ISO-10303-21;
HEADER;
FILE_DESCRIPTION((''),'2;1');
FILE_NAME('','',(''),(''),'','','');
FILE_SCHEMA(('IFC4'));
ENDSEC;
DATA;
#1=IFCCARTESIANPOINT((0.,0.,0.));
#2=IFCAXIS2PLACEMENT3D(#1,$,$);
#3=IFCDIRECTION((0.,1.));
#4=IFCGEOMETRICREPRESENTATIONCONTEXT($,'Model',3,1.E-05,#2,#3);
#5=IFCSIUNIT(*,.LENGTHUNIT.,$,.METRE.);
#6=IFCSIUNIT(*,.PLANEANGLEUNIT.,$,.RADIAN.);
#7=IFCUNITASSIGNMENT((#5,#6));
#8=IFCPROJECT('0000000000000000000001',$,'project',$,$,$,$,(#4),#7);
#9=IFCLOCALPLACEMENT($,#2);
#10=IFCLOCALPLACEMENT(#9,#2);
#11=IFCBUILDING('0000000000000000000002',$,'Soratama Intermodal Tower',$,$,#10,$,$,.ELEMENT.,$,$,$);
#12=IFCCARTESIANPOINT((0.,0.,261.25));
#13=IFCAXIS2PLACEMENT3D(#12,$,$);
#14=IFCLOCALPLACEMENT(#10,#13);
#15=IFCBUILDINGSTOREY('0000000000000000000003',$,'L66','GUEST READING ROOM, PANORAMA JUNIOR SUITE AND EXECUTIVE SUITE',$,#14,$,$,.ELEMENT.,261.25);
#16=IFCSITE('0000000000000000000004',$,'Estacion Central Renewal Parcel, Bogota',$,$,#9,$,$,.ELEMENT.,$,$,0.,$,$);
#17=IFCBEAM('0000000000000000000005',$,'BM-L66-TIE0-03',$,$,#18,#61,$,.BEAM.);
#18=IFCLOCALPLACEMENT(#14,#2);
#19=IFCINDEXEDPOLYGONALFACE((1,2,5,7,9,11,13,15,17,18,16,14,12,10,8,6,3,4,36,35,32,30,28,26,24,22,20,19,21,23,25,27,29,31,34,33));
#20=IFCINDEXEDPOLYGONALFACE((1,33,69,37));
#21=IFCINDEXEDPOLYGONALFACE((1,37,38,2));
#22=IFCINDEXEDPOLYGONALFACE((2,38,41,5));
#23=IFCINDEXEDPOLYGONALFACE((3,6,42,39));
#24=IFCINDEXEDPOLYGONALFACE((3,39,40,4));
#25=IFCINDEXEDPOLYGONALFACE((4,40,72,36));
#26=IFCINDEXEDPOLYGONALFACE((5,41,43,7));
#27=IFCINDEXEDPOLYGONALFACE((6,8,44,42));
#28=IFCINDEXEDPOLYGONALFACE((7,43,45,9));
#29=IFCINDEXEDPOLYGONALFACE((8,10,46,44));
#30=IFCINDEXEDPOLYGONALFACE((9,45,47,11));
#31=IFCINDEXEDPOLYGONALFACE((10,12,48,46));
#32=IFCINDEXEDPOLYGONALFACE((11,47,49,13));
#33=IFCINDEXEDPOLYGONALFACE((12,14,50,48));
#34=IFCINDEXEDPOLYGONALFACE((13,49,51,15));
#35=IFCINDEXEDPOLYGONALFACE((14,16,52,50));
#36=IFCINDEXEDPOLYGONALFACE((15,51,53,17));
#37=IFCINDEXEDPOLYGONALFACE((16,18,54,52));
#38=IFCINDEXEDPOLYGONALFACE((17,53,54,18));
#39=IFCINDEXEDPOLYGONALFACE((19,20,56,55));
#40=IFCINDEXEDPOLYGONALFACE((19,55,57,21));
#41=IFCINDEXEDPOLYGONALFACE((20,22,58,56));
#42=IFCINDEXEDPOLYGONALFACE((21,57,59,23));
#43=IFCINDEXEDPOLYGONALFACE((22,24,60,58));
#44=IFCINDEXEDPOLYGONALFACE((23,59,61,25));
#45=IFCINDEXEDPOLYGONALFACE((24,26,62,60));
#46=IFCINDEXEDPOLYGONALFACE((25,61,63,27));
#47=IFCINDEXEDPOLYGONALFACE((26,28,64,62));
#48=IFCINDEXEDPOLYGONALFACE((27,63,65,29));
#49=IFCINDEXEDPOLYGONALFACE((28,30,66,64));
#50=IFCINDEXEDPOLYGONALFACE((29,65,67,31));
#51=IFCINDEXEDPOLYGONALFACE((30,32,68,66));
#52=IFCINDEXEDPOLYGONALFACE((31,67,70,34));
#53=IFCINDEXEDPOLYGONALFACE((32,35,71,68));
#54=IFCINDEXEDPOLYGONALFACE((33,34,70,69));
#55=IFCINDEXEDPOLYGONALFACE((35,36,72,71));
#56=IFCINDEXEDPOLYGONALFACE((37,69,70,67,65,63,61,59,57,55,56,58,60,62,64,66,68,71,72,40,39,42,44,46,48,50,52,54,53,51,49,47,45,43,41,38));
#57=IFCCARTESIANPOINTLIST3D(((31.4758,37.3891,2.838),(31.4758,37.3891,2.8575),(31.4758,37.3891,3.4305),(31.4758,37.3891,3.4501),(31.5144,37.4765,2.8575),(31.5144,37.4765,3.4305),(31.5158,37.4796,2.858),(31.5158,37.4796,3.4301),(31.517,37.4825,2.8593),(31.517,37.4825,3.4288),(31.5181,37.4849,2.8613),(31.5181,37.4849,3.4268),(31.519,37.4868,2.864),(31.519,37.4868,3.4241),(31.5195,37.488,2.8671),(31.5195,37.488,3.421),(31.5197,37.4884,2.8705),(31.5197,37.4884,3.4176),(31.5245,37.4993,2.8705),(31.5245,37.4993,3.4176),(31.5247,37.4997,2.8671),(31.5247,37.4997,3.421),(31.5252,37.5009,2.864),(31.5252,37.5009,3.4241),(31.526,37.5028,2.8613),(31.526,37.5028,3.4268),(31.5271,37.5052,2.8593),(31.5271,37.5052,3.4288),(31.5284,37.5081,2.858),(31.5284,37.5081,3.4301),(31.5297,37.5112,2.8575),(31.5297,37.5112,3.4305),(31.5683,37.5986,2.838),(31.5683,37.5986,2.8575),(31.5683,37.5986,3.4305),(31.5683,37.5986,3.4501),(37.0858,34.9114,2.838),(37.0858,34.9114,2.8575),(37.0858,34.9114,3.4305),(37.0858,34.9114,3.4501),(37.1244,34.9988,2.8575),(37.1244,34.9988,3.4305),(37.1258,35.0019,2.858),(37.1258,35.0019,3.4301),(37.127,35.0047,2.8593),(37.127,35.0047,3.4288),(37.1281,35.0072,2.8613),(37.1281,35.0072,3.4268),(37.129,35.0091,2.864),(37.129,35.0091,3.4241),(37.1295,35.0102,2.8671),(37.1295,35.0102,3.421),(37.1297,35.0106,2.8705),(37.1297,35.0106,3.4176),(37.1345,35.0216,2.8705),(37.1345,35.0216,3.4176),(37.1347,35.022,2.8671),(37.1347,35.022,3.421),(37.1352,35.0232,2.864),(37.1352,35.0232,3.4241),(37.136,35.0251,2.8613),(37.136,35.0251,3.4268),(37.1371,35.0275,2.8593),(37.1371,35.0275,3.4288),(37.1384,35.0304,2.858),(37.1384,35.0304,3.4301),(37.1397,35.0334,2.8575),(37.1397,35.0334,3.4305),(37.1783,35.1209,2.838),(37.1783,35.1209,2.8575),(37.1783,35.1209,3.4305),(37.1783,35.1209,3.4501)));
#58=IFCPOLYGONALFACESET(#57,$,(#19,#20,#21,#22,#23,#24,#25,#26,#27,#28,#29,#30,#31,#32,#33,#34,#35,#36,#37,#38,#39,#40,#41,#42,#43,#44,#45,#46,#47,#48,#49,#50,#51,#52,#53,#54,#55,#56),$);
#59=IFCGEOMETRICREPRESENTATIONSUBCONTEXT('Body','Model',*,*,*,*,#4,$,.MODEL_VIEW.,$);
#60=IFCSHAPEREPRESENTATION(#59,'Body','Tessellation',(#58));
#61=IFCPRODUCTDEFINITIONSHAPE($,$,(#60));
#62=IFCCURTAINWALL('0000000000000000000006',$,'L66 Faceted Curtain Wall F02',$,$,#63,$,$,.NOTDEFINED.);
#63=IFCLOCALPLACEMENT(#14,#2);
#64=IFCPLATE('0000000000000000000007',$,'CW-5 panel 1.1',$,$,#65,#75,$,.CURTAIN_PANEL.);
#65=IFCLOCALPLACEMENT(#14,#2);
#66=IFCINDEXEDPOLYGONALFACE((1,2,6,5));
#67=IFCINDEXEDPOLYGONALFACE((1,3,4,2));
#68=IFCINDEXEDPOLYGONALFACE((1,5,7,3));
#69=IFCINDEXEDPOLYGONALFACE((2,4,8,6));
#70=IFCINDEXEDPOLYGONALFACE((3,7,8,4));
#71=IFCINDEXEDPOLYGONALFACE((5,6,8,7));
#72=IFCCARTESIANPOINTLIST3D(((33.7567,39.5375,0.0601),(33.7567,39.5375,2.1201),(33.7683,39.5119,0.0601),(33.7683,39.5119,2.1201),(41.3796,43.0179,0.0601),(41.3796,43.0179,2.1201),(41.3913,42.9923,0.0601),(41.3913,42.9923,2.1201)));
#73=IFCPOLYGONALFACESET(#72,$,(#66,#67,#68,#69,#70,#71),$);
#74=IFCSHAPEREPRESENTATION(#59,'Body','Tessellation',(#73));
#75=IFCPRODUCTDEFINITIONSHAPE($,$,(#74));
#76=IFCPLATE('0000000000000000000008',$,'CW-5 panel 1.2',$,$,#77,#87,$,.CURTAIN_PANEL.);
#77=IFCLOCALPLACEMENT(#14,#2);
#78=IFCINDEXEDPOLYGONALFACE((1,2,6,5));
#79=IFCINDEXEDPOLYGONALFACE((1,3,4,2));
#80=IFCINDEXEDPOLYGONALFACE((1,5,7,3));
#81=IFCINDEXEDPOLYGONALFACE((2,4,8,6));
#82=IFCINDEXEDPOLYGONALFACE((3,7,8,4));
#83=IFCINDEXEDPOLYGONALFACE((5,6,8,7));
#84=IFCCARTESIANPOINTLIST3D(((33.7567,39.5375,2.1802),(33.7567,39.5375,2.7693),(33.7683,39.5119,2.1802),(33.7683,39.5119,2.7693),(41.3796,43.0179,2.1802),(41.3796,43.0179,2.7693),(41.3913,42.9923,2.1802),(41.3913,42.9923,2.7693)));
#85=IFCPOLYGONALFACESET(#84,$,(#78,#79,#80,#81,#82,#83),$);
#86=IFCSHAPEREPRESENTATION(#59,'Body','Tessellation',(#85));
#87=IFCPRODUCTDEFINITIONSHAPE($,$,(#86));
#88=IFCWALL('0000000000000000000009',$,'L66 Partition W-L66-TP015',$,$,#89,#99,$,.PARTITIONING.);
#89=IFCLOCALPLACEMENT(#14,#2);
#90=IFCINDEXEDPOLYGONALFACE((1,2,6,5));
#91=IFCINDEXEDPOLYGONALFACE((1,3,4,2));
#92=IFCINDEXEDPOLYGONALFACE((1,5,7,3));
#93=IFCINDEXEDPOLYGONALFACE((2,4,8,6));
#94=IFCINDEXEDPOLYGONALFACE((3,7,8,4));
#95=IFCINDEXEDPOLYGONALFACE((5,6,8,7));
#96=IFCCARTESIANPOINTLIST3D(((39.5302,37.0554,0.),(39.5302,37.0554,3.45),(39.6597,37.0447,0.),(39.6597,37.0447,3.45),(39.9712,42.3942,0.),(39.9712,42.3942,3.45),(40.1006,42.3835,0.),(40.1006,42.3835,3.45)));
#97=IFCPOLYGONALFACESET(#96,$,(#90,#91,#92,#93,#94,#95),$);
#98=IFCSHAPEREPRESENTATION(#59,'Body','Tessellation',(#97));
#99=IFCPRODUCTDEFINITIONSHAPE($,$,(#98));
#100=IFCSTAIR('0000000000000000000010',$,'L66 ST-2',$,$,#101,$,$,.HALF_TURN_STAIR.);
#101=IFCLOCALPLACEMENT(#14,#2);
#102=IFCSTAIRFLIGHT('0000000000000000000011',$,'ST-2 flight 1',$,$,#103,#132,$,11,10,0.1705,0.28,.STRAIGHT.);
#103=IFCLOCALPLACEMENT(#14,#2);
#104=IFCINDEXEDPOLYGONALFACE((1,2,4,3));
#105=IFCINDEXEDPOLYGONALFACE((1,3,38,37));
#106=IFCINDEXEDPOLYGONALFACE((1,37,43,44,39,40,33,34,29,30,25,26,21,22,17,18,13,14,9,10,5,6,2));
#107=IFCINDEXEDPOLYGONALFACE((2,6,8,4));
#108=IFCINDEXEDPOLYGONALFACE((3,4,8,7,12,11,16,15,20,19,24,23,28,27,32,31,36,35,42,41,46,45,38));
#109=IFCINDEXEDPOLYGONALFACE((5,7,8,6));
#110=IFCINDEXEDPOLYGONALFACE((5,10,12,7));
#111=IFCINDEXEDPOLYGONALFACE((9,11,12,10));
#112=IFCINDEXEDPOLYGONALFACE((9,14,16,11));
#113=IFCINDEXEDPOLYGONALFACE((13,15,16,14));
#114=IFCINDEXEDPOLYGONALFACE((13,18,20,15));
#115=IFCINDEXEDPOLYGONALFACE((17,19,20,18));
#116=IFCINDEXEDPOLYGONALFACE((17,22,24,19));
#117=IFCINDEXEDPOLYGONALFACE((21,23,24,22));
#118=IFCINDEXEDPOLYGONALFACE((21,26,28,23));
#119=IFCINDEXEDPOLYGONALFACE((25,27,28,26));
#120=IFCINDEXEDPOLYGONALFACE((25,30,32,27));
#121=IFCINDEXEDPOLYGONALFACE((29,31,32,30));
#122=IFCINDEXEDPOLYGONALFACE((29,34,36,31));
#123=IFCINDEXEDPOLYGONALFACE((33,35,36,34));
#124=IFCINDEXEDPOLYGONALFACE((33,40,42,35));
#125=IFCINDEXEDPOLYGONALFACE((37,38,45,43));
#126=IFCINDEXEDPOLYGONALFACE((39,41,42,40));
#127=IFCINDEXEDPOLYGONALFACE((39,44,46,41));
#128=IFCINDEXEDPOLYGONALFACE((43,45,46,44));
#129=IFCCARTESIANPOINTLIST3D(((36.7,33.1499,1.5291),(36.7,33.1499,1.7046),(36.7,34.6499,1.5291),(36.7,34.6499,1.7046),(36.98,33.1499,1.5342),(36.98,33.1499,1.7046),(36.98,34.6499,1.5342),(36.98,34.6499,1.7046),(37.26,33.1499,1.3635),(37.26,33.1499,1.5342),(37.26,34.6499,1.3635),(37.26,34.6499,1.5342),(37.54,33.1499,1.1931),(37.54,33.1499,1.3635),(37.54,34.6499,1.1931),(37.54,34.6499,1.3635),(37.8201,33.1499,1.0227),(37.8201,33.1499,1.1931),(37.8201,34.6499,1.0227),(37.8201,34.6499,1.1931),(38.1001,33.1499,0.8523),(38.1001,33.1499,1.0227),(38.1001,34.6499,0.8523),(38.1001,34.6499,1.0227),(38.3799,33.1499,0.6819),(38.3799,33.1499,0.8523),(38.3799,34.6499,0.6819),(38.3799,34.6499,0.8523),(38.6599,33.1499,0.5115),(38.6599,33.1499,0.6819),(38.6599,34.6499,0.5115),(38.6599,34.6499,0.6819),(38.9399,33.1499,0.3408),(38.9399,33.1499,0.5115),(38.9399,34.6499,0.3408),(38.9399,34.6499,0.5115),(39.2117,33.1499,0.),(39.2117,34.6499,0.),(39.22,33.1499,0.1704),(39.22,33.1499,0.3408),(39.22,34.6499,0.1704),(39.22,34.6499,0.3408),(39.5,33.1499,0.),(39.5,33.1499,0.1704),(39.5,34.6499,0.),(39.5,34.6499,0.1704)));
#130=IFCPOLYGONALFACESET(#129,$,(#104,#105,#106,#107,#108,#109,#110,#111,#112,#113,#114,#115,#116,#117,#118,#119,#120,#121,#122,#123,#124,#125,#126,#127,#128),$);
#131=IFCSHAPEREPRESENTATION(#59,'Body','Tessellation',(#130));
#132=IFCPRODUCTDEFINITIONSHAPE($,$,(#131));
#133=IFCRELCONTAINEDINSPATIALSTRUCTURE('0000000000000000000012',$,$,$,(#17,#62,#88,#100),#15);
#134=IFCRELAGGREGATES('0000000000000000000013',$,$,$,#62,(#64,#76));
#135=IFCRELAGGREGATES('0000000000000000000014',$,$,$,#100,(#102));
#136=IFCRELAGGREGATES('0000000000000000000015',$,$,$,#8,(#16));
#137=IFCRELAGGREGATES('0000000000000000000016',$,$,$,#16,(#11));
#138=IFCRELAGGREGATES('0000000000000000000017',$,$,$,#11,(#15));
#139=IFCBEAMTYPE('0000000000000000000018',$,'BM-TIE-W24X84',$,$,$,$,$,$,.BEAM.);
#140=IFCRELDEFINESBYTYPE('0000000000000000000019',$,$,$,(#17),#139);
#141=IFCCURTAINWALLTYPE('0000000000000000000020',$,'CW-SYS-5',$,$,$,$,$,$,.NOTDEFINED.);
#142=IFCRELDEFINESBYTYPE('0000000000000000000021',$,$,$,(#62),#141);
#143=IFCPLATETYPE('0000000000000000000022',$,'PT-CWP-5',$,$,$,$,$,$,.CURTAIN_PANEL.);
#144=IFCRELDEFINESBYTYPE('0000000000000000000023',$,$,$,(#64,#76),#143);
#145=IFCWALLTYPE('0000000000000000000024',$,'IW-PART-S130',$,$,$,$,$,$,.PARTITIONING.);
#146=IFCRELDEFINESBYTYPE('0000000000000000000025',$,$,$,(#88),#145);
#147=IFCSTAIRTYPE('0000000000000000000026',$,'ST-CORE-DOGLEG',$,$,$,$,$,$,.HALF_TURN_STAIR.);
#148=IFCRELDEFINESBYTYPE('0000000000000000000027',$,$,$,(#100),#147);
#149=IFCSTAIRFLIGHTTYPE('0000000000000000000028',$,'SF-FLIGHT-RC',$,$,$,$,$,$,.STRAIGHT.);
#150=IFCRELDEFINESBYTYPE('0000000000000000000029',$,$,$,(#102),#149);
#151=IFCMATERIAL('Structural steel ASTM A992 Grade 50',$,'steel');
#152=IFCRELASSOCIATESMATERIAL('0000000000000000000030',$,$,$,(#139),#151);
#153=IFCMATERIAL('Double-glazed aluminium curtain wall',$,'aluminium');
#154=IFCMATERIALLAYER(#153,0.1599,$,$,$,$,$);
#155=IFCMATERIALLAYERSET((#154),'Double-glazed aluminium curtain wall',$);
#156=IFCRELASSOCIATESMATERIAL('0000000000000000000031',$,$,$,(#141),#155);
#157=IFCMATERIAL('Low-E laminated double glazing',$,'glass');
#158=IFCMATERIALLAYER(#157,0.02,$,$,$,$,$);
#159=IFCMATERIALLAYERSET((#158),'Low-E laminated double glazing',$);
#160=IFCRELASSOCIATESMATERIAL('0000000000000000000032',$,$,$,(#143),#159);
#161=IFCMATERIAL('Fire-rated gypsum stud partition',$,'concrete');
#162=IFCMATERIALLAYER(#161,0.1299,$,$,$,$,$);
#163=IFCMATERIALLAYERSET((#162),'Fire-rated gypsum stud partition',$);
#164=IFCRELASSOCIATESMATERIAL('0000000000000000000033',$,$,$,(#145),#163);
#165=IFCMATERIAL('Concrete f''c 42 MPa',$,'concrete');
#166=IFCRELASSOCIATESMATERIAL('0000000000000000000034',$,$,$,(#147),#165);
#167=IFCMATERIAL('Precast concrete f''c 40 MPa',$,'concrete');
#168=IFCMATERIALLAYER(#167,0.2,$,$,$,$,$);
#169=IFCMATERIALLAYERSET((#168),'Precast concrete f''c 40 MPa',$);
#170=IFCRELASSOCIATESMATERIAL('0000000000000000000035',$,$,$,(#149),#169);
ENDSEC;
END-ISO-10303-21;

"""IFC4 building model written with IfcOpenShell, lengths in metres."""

from ifc_helpers import new_model, si_unit, direction, frame, frame_2d, origin, origin_2d, place, context, subcontext, project, spatial, polyline, rectangle, i_section, outline, extrude, material, layer, layer_set, material_profile, profile_set, type_object, element, aggregate, save


model = new_model("IFC4")

# Units and contexts
model_context = context("Model", 3, precision=1e-05, world=origin(), true_north=direction((0.0, 1.0)))
body_context = subcontext(model_context, "Body", "Model", "MODEL_VIEW")
ifc_project = project(units=[si_unit("LENGTHUNIT", "METRE"), si_unit("PLANEANGLEUNIT", "RADIAN")], contexts=[model_context])

# Site, building, storey
site_placement = place(None, origin())
site = spatial("IfcSite", under=ifc_project, at=site_placement, Name="Estacion Central Renewal Parcel, Bogota", CompositionType="ELEMENT", RefElevation=0.0)
building_placement = place(site_placement, origin())
building = spatial("IfcBuilding", under=site, at=building_placement, Name="Soratama Intermodal Tower", CompositionType="ELEMENT")
storey_placement = place(building_placement, frame((0.0, 0.0, 261.25)))
storey = spatial("IfcBuildingStorey", under=building, at=storey_placement, Name="L66", Description="GUEST READING ROOM, PANORAMA JUNIOR SUITE AND EXECUTIVE SUITE", CompositionType="ELEMENT", Elevation=261.25)

# Beam
ifc_material_1 = material(Name="Structural steel ASTM A992 Grade 50", Category="steel")
ifc_material_profile_1 = material_profile(ifc_material_1, i_section(OverallWidth=0.229, OverallDepth=0.6121, WebThickness=0.012, FlangeThickness=0.0195, FilletRadius=0.0129, at=origin_2d()), Name="W24X84")
ifc_profile_set_1 = profile_set([ifc_material_profile_1], Name="Structural steel ASTM A992 Grade 50")
beam_type_1 = type_object("IfcBeamType", Name="BM-TIE-W24X84", PredefinedType="BEAM", material=ifc_profile_set_1)
beam_1_placement = place(storey_placement, frame((37.1321, 35.0161, 3.144), z_axis=(-0.914753, 0.404014, 0.0), x_axis=(-0.404014, -0.914753, 0.0)))
element("IfcBeam", 1, at=beam_1_placement, inside=storey, type_object=beam_type_1, Name="BM-L66-TIE0-03", PredefinedType="BEAM", context=body_context, shape_type="SweptSolid", body=[
    extrude(i_section(OverallWidth=0.229, OverallDepth=0.6121, WebThickness=0.012, FlangeThickness=0.0195, FilletRadius=0.0129, at=origin_2d()), origin(), (0.0, 0.0, 1.0), 6.1328),
])

# Curtain wall, plates
ifc_material_2 = material(Name="Double-glazed aluminium curtain wall", Category="aluminium")
ifc_layer_1 = layer(ifc_material_2, 0.1599)
ifc_layer_set_1 = layer_set([ifc_layer_1], Name="Double-glazed aluminium curtain wall")
curtain_wall_type = type_object("IfcCurtainWallType", Name="CW-SYS-5", PredefinedType="NOTDEFINED", material=ifc_layer_set_1)
curtain_wall_placement = place(storey_placement, origin())
curtain_wall = element("IfcCurtainWall", 2, at=curtain_wall_placement, inside=storey, type_object=curtain_wall_type, Name="L66 Faceted Curtain Wall F02", PredefinedType="NOTDEFINED")
ifc_material_3 = material(Name="Low-E laminated double glazing", Category="glass")
ifc_layer_2 = layer(ifc_material_3, 0.02)
ifc_layer_set_2 = layer_set([ifc_layer_2], Name="Low-E laminated double glazing")
plate_type = type_object("IfcPlateType", Name="PT-CWP-5", PredefinedType="CURTAIN_PANEL", material=ifc_layer_set_2)
plate_1_placement = place(storey_placement, frame((37.574, 41.2649, 0.0601), z_axis=(0.0, 0.0, 1.0), x_axis=(-0.909671, -0.415329, 0.0)))
plate_1 = element("IfcPlate", 3, at=plate_1_placement, type_object=plate_type, Name="CW-5 panel 1.1", PredefinedType="CURTAIN_PANEL", context=body_context, shape_type="SweptSolid", body=[
    extrude(rectangle(XDim=8.3799, YDim=0.0281, at=origin_2d()), origin(), (0.0, 0.0, 1.0), 2.0601),
])
plate_2_placement = place(storey_placement, frame((37.574, 41.2649, 2.1802), z_axis=(0.0, 0.0, 1.0), x_axis=(-0.909671, -0.415329, 0.0)))
plate_2 = element("IfcPlate", 4, at=plate_2_placement, type_object=plate_type, Name="CW-5 panel 1.2", PredefinedType="CURTAIN_PANEL", context=body_context, shape_type="SweptSolid", body=[
    extrude(rectangle(XDim=8.3799, YDim=0.0281, at=origin_2d()), origin(), (0.0, 0.0, 1.0), 0.5891),
])
aggregate(curtain_wall, [plate_1, plate_2])

# Wall
ifc_material_4 = material(Name="Fire-rated gypsum stud partition", Category="concrete")
ifc_layer_3 = layer(ifc_material_4, 0.1299)
ifc_layer_set_3 = layer_set([ifc_layer_3], Name="Fire-rated gypsum stud partition")
wall_type_1 = type_object("IfcWallType", Name="IW-PART-S130", PredefinedType="PARTITIONING", material=ifc_layer_set_3)
wall_1_placement = place(storey_placement, frame((39.595, 37.05, 0.0), z_axis=(0.0, 0.0, 1.0), x_axis=(0.082306, 0.996607, 0.0)))
element("IfcWall", 5, at=wall_1_placement, inside=storey, type_object=wall_type_1, Name="L66 Partition W-L66-TP015", PredefinedType="PARTITIONING", context=body_context, shape_type="SweptSolid", body=[
    extrude(rectangle(XDim=5.3569, YDim=0.1299, at=frame_2d((2.6785, 0.0))), origin(), (0.0, 0.0, 1.0), 3.45),
])

# Stair, stair flight
ifc_material_5 = material(Name="Concrete f'c 42 MPa", Category="concrete")
stair_type = type_object("IfcStairType", Name="ST-CORE-DOGLEG", PredefinedType="HALF_TURN_STAIR", material=ifc_material_5)
stair_placement = place(storey_placement, origin())
stair = element("IfcStair", 6, at=stair_placement, inside=storey, type_object=stair_type, Name="L66 ST-2", PredefinedType="HALF_TURN_STAIR")
ifc_material_6 = material(Name="Precast concrete f'c 40 MPa", Category="concrete")
ifc_layer_4 = layer(ifc_material_6, 0.2)
ifc_layer_set_4 = layer_set([ifc_layer_4], Name="Precast concrete f'c 40 MPa")
stair_flight_type = type_object("IfcStairFlightType", Name="SF-FLIGHT-RC", PredefinedType="STRAIGHT", material=ifc_layer_set_4)
stair_flight_placement = place(storey_placement, frame((39.5, 33.8999, 0.0), z_axis=(0.0, 0.0, 1.0), x_axis=(-1.0, 0.0, 0.0)))
stair_flight = element("IfcStairFlight", 7, at=stair_flight_placement, type_object=stair_flight_type, Name="ST-2 flight 1", NumberOfRisers=11, NumberOfTreads=10, PredefinedType="STRAIGHT", RiserHeight=0.1705, TreadLength=0.28, context=body_context, shape_type="SweptSolid", body=[
    extrude(outline(polyline([(0.0, 0.0), (0.0, 0.1704), (0.28, 0.1704), (0.28, 0.3408), (0.5601, 0.3408), (0.5601, 0.5115), (0.8401, 0.5115), (0.8401, 0.6819), (1.1201, 0.6819), (1.1201, 0.8523), (1.3999, 0.8523), (1.3999, 1.0227), (1.6799, 1.0227), (1.6799, 1.1931), (1.96, 1.1931), (1.96, 1.3635), (2.24, 1.3635), (2.24, 1.5342), (2.52, 1.5342), (2.52, 1.7046), (2.8, 1.7046), (2.8, 1.875), (2.8, 1.5291), (0.2883, 0.0), (0.0, 0.0)])), frame((0.0, 0.75, 0.0), z_axis=(0.0, -1.0, 0.0), x_axis=(1.0, 0.0, 0.0)), (0.0, 0.0, 1.0), 1.5),
])
aggregate(stair, [stair_flight])

save(model, "model.ifc")
